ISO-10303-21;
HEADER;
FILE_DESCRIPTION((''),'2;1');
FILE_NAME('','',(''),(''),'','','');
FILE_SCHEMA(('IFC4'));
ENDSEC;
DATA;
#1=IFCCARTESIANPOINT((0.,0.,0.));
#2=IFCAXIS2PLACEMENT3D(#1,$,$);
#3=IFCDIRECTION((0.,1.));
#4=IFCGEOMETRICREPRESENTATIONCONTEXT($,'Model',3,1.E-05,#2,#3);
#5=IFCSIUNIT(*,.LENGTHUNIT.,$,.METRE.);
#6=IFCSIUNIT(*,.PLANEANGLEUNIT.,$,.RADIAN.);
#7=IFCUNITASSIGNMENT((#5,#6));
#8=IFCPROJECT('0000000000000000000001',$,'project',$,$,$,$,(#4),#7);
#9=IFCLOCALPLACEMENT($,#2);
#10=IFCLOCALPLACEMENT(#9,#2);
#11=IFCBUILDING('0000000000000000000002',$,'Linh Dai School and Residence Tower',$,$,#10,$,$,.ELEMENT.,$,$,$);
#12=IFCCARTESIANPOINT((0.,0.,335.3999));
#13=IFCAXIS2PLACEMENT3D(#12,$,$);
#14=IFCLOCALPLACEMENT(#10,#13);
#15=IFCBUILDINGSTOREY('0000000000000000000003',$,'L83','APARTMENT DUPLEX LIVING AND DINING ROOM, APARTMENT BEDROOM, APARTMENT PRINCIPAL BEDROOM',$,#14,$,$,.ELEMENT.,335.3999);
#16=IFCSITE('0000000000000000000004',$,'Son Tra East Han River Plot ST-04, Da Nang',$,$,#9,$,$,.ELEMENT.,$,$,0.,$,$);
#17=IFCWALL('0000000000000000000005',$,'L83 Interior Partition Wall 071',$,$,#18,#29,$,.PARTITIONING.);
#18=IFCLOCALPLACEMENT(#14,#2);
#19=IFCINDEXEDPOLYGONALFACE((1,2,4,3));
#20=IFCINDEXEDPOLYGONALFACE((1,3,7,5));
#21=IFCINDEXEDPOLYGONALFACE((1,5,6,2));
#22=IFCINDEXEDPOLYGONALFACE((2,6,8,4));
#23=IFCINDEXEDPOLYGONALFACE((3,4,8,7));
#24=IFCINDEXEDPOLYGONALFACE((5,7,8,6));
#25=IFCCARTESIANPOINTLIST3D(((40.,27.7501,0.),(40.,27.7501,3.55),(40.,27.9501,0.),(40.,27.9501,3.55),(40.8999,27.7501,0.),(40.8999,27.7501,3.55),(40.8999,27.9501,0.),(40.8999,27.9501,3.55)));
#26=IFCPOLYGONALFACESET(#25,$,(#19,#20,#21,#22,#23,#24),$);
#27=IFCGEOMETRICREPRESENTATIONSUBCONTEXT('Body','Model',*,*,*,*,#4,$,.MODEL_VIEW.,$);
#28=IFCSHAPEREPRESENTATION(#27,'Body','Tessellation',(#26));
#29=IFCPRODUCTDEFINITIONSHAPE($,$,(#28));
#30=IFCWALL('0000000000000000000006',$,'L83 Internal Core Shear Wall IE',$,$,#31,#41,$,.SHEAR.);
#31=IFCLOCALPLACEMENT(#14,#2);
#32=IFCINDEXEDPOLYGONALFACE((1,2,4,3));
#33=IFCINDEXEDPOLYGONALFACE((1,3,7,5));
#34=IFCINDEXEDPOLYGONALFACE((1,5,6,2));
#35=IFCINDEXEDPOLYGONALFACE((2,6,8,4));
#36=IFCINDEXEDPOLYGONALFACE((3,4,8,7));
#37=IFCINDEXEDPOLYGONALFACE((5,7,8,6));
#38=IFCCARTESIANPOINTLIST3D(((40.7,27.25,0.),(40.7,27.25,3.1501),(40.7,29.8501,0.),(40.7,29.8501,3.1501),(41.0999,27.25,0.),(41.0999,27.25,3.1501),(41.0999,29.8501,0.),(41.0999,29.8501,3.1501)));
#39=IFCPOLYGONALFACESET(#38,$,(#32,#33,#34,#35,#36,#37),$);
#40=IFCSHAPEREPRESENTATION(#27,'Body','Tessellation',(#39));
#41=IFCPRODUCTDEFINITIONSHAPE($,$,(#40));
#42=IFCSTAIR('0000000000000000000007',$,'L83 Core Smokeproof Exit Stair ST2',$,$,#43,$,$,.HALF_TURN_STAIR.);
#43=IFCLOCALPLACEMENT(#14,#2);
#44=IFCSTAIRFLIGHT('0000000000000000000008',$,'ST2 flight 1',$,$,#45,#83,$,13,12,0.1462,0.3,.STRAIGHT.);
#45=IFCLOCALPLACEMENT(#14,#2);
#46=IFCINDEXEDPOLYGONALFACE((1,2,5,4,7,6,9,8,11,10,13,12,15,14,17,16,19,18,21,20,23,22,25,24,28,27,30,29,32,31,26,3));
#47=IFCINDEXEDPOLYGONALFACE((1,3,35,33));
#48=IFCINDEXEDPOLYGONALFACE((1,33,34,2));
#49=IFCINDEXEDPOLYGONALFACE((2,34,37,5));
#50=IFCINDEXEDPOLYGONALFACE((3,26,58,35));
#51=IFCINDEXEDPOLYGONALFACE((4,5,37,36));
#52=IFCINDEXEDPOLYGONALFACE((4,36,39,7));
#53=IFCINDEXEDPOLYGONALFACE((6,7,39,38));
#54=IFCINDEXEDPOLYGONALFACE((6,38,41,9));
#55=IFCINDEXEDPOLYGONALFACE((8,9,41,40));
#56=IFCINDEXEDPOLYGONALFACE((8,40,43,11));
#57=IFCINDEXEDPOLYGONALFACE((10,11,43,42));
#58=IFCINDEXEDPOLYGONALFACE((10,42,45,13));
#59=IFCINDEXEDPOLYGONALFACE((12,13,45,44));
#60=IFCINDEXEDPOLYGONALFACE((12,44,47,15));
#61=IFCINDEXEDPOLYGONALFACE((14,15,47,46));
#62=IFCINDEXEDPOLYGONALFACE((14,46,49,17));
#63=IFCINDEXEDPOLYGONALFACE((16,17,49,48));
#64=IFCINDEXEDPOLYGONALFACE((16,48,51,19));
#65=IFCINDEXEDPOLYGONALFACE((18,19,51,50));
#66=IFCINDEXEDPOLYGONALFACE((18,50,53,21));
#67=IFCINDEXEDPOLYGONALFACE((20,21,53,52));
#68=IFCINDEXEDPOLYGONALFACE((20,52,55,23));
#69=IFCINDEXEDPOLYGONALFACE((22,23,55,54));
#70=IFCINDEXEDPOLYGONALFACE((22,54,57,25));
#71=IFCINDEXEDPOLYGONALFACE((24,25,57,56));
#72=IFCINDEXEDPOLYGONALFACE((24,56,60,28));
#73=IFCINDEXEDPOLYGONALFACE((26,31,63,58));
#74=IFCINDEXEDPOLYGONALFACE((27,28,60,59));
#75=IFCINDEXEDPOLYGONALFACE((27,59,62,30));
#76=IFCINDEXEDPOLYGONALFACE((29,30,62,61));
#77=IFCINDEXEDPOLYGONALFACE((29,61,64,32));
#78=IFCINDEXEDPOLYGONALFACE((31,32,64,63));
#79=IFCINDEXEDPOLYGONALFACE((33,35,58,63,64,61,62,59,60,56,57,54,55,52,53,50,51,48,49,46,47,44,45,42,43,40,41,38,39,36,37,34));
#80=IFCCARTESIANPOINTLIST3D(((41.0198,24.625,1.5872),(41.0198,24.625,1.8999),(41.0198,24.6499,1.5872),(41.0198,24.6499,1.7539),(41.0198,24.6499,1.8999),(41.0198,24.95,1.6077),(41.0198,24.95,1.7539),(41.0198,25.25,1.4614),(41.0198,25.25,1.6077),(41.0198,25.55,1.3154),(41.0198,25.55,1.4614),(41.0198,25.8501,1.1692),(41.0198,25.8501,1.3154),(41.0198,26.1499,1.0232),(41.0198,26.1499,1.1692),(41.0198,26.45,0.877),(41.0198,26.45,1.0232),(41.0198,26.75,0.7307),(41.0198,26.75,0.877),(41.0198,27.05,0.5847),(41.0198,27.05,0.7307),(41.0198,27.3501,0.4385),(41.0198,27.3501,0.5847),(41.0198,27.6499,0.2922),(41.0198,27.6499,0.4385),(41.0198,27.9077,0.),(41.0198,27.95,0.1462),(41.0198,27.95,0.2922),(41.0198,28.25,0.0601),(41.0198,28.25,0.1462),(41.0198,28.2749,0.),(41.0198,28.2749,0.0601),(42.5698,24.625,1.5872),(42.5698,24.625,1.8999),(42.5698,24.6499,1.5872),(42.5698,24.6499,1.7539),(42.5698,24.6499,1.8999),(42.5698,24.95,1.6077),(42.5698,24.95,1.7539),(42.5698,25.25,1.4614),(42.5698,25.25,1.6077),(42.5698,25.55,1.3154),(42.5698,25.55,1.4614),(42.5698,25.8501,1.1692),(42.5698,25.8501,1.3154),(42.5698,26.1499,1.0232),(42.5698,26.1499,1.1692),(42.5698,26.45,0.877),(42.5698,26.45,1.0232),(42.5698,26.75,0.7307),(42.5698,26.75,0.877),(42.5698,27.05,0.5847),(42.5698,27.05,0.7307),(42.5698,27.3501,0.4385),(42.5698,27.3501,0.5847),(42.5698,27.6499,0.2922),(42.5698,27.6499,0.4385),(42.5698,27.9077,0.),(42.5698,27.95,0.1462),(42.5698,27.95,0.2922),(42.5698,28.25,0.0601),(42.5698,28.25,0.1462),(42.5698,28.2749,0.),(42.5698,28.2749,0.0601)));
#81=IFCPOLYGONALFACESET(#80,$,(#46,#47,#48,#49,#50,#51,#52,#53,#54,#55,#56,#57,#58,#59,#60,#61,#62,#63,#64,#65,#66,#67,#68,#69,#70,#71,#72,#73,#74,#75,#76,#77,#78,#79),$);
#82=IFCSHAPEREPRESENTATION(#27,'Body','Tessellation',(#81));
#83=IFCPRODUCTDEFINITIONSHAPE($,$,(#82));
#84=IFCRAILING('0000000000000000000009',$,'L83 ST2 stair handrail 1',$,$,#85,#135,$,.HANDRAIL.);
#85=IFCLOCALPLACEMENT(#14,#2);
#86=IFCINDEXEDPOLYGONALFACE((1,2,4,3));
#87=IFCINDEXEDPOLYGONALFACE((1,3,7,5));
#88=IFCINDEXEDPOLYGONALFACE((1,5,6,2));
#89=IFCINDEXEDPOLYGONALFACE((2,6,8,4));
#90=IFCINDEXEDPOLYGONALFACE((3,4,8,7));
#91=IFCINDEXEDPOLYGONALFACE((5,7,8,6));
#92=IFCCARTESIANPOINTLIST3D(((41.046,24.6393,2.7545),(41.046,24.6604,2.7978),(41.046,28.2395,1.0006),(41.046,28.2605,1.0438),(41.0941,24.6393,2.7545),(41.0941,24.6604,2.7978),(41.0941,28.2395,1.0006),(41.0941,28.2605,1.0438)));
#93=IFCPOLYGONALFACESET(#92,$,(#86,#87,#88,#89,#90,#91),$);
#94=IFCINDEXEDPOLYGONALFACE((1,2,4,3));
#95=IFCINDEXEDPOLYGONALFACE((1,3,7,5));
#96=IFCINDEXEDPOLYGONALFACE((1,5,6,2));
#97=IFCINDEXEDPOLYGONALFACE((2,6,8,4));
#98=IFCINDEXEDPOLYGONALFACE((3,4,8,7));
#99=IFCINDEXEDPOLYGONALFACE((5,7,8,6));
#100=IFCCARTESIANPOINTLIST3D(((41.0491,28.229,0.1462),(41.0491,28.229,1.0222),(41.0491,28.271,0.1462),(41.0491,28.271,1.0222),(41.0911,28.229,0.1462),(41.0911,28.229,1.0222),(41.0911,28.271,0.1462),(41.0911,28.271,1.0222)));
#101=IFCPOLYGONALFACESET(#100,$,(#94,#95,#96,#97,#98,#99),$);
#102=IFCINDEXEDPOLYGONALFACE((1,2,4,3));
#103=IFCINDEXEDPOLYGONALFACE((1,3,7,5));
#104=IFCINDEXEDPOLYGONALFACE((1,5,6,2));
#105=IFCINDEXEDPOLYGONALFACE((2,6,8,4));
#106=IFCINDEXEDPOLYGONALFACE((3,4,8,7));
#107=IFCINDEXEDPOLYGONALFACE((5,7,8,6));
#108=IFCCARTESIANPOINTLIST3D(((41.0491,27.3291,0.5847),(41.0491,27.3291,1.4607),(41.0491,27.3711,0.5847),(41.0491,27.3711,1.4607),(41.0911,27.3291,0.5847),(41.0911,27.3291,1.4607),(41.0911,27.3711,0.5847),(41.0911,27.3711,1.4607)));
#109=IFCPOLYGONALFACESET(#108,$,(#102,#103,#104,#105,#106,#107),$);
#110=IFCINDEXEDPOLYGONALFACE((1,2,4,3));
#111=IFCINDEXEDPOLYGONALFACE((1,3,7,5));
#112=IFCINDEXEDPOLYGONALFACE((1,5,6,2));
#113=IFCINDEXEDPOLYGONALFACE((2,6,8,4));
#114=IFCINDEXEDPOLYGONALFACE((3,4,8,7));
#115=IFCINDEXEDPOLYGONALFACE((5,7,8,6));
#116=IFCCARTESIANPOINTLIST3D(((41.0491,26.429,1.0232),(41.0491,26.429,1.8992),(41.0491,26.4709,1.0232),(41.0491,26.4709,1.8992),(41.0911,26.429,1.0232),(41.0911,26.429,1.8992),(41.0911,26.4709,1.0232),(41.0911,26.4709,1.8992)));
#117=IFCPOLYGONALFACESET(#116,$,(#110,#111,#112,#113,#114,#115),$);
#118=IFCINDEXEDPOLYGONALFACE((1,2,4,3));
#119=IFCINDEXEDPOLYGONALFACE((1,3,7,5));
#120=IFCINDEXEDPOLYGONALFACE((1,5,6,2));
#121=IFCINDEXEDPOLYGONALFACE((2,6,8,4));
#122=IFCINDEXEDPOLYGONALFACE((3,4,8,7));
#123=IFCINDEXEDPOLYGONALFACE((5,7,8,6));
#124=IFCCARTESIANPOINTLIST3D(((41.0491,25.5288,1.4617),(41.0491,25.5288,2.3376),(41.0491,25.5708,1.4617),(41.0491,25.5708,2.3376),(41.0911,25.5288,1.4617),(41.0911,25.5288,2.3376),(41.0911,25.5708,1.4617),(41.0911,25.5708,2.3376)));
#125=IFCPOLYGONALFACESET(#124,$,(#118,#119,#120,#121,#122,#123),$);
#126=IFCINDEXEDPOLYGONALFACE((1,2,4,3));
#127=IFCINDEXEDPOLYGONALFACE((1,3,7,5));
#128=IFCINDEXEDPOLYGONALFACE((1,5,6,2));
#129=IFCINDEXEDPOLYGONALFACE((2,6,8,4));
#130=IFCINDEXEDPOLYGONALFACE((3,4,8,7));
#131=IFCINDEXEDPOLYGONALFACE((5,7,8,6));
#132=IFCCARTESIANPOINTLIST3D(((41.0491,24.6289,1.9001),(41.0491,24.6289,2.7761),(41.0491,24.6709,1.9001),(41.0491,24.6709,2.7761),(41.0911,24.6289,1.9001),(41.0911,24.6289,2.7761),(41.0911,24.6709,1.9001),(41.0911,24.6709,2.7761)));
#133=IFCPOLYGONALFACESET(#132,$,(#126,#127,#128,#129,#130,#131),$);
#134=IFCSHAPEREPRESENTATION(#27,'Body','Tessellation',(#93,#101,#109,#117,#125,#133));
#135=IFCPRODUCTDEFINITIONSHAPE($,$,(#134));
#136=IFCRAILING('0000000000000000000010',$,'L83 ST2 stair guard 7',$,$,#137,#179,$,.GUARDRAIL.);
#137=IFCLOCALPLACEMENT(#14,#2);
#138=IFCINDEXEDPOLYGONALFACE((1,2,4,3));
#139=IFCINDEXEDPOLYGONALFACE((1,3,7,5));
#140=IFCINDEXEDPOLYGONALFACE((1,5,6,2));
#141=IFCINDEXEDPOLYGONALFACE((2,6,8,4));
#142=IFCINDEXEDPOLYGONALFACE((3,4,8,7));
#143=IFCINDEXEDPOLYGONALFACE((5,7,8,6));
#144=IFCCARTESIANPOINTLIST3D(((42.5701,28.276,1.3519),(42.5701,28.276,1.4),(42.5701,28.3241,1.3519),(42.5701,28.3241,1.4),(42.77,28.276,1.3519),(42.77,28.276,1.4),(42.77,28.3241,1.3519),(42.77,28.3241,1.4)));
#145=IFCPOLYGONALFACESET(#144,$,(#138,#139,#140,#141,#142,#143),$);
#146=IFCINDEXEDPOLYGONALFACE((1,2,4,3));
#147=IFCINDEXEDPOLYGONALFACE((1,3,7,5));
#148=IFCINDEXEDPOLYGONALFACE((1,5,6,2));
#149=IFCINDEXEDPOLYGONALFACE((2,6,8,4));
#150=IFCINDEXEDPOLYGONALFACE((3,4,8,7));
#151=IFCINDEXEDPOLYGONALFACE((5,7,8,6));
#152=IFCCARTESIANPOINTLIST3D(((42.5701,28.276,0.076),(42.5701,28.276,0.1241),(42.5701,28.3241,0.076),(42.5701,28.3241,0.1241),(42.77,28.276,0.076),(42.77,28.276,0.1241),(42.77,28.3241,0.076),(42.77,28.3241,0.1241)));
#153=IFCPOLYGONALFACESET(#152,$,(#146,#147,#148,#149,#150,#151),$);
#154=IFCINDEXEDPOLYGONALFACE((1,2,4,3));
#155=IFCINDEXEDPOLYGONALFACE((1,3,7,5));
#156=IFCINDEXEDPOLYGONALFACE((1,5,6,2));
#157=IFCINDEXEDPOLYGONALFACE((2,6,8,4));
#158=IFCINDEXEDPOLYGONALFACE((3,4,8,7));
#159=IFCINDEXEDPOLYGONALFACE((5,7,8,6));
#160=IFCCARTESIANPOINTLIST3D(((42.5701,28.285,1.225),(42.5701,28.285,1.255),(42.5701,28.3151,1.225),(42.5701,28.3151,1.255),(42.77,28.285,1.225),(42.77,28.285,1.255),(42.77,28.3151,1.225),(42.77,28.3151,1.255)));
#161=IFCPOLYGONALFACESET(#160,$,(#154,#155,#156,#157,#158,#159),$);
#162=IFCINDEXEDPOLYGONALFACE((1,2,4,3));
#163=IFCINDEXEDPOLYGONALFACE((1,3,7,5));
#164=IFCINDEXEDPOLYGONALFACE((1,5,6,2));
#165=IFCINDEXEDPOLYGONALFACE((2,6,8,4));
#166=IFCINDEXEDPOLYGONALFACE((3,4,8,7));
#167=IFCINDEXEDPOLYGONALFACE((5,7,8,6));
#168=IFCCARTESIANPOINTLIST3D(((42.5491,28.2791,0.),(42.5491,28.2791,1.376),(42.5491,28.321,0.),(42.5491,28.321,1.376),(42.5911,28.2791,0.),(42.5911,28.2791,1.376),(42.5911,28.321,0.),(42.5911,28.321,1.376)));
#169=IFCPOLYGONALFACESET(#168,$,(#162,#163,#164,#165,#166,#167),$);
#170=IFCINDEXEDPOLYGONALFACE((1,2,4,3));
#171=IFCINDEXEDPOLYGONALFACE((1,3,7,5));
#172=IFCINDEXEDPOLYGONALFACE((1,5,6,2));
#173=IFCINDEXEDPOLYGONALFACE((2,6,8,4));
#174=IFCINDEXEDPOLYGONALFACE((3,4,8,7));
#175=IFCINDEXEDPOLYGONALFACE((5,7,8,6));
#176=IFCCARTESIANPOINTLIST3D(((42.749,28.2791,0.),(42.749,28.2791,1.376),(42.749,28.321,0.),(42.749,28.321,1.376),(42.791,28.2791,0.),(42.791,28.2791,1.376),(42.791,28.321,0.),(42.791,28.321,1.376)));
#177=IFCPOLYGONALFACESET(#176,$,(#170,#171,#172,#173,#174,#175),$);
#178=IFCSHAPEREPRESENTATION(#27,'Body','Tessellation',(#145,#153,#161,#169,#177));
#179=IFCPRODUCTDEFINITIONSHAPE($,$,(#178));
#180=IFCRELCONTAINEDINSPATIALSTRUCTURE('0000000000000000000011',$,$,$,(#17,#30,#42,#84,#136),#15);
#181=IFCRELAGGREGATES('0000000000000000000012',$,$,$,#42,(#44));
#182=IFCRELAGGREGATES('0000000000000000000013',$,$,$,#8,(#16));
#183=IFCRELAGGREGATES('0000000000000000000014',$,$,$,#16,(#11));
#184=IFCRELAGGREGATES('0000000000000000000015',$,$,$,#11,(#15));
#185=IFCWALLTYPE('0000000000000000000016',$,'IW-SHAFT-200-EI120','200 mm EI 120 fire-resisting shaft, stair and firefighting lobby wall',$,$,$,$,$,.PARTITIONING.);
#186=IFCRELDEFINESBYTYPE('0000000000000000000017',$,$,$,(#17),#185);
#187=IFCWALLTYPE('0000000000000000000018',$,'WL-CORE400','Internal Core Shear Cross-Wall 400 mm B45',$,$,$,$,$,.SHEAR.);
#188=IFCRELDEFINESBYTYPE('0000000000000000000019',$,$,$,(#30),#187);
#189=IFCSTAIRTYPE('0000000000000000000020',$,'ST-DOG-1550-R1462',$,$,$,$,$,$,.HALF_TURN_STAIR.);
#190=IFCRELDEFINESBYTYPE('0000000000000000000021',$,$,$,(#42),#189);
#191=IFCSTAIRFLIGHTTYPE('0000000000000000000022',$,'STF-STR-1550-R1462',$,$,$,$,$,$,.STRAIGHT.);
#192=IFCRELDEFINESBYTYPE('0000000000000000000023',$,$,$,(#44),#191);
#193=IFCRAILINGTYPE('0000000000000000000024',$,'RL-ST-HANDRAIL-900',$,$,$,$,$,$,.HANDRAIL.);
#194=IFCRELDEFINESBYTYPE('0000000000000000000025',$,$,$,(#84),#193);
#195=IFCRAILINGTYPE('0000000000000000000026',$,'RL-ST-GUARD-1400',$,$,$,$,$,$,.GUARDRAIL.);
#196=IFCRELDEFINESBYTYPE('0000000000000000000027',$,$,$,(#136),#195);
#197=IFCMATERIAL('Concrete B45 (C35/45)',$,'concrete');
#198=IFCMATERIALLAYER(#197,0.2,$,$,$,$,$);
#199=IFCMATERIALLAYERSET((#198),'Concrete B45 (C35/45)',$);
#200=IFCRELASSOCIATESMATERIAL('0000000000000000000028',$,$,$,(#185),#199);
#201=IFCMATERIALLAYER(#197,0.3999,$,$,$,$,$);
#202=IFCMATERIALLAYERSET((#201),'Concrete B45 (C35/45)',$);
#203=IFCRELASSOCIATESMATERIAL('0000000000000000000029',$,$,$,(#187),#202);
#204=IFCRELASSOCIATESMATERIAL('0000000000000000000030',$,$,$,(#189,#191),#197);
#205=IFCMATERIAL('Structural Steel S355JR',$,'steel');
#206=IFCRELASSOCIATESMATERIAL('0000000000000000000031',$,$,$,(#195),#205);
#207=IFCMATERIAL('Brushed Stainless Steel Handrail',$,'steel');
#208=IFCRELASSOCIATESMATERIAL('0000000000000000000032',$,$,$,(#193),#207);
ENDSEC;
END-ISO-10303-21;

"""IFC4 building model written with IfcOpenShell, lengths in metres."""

from ifc_helpers import new_model, si_unit, direction, frame, frame_2d, origin, origin_2d, place, context, subcontext, project, spatial, polyline, rectangle, outline, extrude, source, transform, mapped, material, layer, layer_set, type_object, element, aggregate, save


model = new_model("IFC4")

# Units and contexts
model_context = context("Model", 3, precision=1e-05, world=origin(), true_north=direction((0.0, 1.0)))
body_context = subcontext(model_context, "Body", "Model", "MODEL_VIEW")
ifc_project = project(units=[si_unit("LENGTHUNIT", "METRE"), si_unit("PLANEANGLEUNIT", "RADIAN")], contexts=[model_context])

# Site, building, storey
site_placement = place(None, origin())
site = spatial("IfcSite", under=ifc_project, at=site_placement, Name="Son Tra East Han River Plot ST-04, Da Nang", CompositionType="ELEMENT", RefElevation=0.0)
building_placement = place(site_placement, origin())
building = spatial("IfcBuilding", under=site, at=building_placement, Name="Linh Dai School and Residence Tower", CompositionType="ELEMENT")
storey_placement = place(building_placement, frame((0.0, 0.0, 335.3999)))
storey = spatial("IfcBuildingStorey", under=building, at=storey_placement, Name="L83", Description="APARTMENT DUPLEX LIVING AND DINING ROOM, APARTMENT BEDROOM, APARTMENT PRINCIPAL BEDROOM", CompositionType="ELEMENT", Elevation=335.3999)

# Shared definitions
ifc_material_1 = material(Name="Structural Steel S355JR", Category="steel")

# Shared definitions
ifc_material_2 = material(Name="Concrete B45 (C35/45)", Category="concrete")
ifc_layer_1 = layer(ifc_material_2, 0.2)
ifc_layer_set_1 = layer_set([ifc_layer_1], Name="Concrete B45 (C35/45)")
wall_type_1 = type_object("IfcWallType", Name="IW-SHAFT-200-EI120", Description="200 mm EI 120 fire-resisting shaft, stair and firefighting lobby wall", PredefinedType="PARTITIONING", material=ifc_layer_set_1)

# Walls
wall_1_placement = place(storey_placement, frame((40.0, 27.8501, 0.0), z_axis=(0.0, 0.0, 1.0), x_axis=(1.0, 0.0, 0.0)))
element("IfcWall", 1, at=wall_1_placement, inside=storey, type_object=wall_type_1, Name="L83 Interior Partition Wall 071", PredefinedType="PARTITIONING", context=body_context, shape_type="SweptSolid", body=[
    extrude(rectangle(XDim=0.8999, YDim=0.2, at=frame_2d((0.45, 0.0))), origin(), (0.0, 0.0, 1.0), 3.55),
])
ifc_layer_2 = layer(ifc_material_2, 0.3999)
ifc_layer_set_2 = layer_set([ifc_layer_2], Name="Concrete B45 (C35/45)")
wall_type_2 = type_object("IfcWallType", Name="WL-CORE400", Description="Internal Core Shear Cross-Wall 400 mm B45", PredefinedType="SHEAR", material=ifc_layer_set_2)
wall_2_placement = place(storey_placement, frame((40.8999, 27.25, 0.0), z_axis=(0.0, 0.0, 1.0), x_axis=(0.0, 1.0, 0.0)))
element("IfcWall", 2, at=wall_2_placement, inside=storey, type_object=wall_type_2, Name="L83 Internal Core Shear Wall IE", PredefinedType="SHEAR", context=body_context, shape_type="SweptSolid", body=[
    extrude(rectangle(XDim=2.6001, YDim=0.3999, at=frame_2d((1.3, 0.0))), origin(), (0.0, 0.0, 1.0), 3.1501),
])

# Stair, stair flight
stair_type = type_object("IfcStairType", Name="ST-DOG-1550-R1462", PredefinedType="HALF_TURN_STAIR", material=ifc_material_2)
stair_placement = place(storey_placement, origin())
stair = element("IfcStair", 3, at=stair_placement, inside=storey, type_object=stair_type, Name="L83 Core Smokeproof Exit Stair ST2", PredefinedType="HALF_TURN_STAIR")
stair_flight_type = type_object("IfcStairFlightType", Name="STF-STR-1550-R1462", PredefinedType="STRAIGHT", material=ifc_material_2)
shared_shape_1 = source(origin(), body_context, "Body", "SweptSolid", [
    extrude(outline(polyline([(-0.0249, 0.0), (-0.0249, 0.0601), (0.0, 0.0601), (0.0, 0.1462), (0.3, 0.1462), (0.3, 0.2922), (0.6001, 0.2922), (0.6001, 0.4385), (0.8999, 0.4385), (0.8999, 0.5847), (1.2, 0.5847), (1.2, 0.7307), (1.5, 0.7307), (1.5, 0.877), (1.8, 0.877), (1.8, 1.0232), (2.1001, 1.0232), (2.1001, 1.1692), (2.3999, 1.1692), (2.3999, 1.3154), (2.7, 1.3154), (2.7, 1.4614), (3.0, 1.4614), (3.0, 1.6077), (3.3, 1.6077), (3.3, 1.7539), (3.6001, 1.7539), (3.6001, 1.8999), (3.625, 1.8999), (3.625, 1.5872), (3.6001, 1.5872), (0.3423, 0.0), (-0.0249, 0.0)])), frame((0.0, 0.7749, 0.0), z_axis=(0.0, -1.0, 0.0), x_axis=(1.0, 0.0, 0.0)), (0.0, 0.0, 1.0), 1.55),
])
stair_flight_placement = place(storey_placement, frame((41.7949, 28.25, 0.0), z_axis=(0.0, 0.0, 1.0), x_axis=(0.0, -1.0, 0.0)))
stair_flight = element("IfcStairFlight", 4, at=stair_flight_placement, type_object=stair_flight_type, Name="ST2 flight 1", NumberOfRisers=13, NumberOfTreads=12, PredefinedType="STRAIGHT", RiserHeight=0.1462, TreadLength=0.3, context=body_context, shape_type="MappedRepresentation", body=[
    mapped(shared_shape_1, transform((0.0, 0.0, 0.0), x_axis=(1.0, 0.0, 0.0), y_axis=(0.0, 1.0, 0.0), z_axis=(0.0, 0.0, 1.0), scale=1.0)),
])
aggregate(stair, [stair_flight])

# Railings
railing_type_1 = type_object("IfcRailingType", Name="RL-ST-GUARD-1400", PredefinedType="GUARDRAIL", material=ifc_material_1)
ifc_material_3 = material(Name="Brushed Stainless Steel Handrail", Category="steel")
railing_type_2 = type_object("IfcRailingType", Name="RL-ST-HANDRAIL-900", PredefinedType="HANDRAIL", material=ifc_material_3)
shared_shape_2 = source(origin(), body_context, "Body", "SweptSolid", [
    extrude(rectangle(XDim=0.0481, YDim=0.0481, at=origin_2d()), frame((0.0, 0.0, 0.876), z_axis=(0.0, -0.898989, 0.437972), x_axis=(1.0, 0.0, 0.0)), (0.0, 0.0, 1.0), 4.0046),
    extrude(rectangle(XDim=0.042, YDim=0.042, at=origin_2d()), origin(), (0.0, 0.0, 1.0), 0.876),
    extrude(rectangle(XDim=0.042, YDim=0.042, at=origin_2d()), frame((0.0, -0.8999, 0.4385)), (0.0, 0.0, 1.0), 0.876),
    extrude(rectangle(XDim=0.042, YDim=0.042, at=origin_2d()), frame((0.0, -1.8, 0.877)), (0.0, 0.0, 1.0), 0.876),
    extrude(rectangle(XDim=0.042, YDim=0.042, at=origin_2d()), frame((0.0, -2.7002, 1.3154)), (0.0, 0.0, 1.0), 0.876),
    extrude(rectangle(XDim=0.042, YDim=0.042, at=origin_2d()), frame((0.0, -3.6001, 1.7539)), (0.0, 0.0, 1.0), 0.876),
])
railing_1_placement = place(storey_placement, frame((41.0701, 28.25, 0.1462)))
element("IfcRailing", 5, at=railing_1_placement, inside=storey, type_object=railing_type_2, Name="L83 ST2 stair handrail 1", PredefinedType="HANDRAIL", context=body_context, shape_type="MappedRepresentation", body=[
    mapped(shared_shape_2, transform((0.0, 0.0, 0.0), x_axis=(1.0, 0.0, 0.0), y_axis=(0.0, 1.0, 0.0), z_axis=(0.0, 0.0, 1.0), scale=1.0)),
])
shared_shape_3 = source(origin(), body_context, "Body", "SweptSolid", [
    extrude(rectangle(XDim=0.0481, YDim=0.0481, at=origin_2d()), frame((0.0, 0.0, 1.376), z_axis=(1.0, 0.0, 0.0), x_axis=(0.0, 1.0, 0.0)), (0.0, 0.0, 1.0), 0.2),
    extrude(rectangle(XDim=0.0481, YDim=0.0481, at=origin_2d()), frame((0.0, 0.0, 0.1001), z_axis=(1.0, 0.0, 0.0), x_axis=(0.0, 1.0, 0.0)), (0.0, 0.0, 1.0), 0.2),
    extrude(rectangle(XDim=0.03, YDim=0.03, at=origin_2d()), frame((0.0, 0.0, 1.24), z_axis=(1.0, 0.0, 0.0), x_axis=(0.0, 1.0, 0.0)), (0.0, 0.0, 1.0), 0.2),
    extrude(rectangle(XDim=0.042, YDim=0.042, at=origin_2d()), origin(), (0.0, 0.0, 1.0), 1.376),
    extrude(rectangle(XDim=0.042, YDim=0.042, at=origin_2d()), frame((0.2, 0.0, 0.0)), (0.0, 0.0, 1.0), 1.376),
])
railing_2_placement = place(storey_placement, frame((42.5701, 28.3, 0.0)))
element("IfcRailing", 6, at=railing_2_placement, inside=storey, type_object=railing_type_1, Name="L83 ST2 stair guard 7", PredefinedType="GUARDRAIL", context=body_context, shape_type="MappedRepresentation", body=[
    mapped(shared_shape_3, transform((0.0, 0.0, 0.0), x_axis=(1.0, 0.0, 0.0), y_axis=(0.0, 1.0, 0.0), z_axis=(0.0, 0.0, 1.0), scale=1.0)),
])

save(model, "model.ifc")
